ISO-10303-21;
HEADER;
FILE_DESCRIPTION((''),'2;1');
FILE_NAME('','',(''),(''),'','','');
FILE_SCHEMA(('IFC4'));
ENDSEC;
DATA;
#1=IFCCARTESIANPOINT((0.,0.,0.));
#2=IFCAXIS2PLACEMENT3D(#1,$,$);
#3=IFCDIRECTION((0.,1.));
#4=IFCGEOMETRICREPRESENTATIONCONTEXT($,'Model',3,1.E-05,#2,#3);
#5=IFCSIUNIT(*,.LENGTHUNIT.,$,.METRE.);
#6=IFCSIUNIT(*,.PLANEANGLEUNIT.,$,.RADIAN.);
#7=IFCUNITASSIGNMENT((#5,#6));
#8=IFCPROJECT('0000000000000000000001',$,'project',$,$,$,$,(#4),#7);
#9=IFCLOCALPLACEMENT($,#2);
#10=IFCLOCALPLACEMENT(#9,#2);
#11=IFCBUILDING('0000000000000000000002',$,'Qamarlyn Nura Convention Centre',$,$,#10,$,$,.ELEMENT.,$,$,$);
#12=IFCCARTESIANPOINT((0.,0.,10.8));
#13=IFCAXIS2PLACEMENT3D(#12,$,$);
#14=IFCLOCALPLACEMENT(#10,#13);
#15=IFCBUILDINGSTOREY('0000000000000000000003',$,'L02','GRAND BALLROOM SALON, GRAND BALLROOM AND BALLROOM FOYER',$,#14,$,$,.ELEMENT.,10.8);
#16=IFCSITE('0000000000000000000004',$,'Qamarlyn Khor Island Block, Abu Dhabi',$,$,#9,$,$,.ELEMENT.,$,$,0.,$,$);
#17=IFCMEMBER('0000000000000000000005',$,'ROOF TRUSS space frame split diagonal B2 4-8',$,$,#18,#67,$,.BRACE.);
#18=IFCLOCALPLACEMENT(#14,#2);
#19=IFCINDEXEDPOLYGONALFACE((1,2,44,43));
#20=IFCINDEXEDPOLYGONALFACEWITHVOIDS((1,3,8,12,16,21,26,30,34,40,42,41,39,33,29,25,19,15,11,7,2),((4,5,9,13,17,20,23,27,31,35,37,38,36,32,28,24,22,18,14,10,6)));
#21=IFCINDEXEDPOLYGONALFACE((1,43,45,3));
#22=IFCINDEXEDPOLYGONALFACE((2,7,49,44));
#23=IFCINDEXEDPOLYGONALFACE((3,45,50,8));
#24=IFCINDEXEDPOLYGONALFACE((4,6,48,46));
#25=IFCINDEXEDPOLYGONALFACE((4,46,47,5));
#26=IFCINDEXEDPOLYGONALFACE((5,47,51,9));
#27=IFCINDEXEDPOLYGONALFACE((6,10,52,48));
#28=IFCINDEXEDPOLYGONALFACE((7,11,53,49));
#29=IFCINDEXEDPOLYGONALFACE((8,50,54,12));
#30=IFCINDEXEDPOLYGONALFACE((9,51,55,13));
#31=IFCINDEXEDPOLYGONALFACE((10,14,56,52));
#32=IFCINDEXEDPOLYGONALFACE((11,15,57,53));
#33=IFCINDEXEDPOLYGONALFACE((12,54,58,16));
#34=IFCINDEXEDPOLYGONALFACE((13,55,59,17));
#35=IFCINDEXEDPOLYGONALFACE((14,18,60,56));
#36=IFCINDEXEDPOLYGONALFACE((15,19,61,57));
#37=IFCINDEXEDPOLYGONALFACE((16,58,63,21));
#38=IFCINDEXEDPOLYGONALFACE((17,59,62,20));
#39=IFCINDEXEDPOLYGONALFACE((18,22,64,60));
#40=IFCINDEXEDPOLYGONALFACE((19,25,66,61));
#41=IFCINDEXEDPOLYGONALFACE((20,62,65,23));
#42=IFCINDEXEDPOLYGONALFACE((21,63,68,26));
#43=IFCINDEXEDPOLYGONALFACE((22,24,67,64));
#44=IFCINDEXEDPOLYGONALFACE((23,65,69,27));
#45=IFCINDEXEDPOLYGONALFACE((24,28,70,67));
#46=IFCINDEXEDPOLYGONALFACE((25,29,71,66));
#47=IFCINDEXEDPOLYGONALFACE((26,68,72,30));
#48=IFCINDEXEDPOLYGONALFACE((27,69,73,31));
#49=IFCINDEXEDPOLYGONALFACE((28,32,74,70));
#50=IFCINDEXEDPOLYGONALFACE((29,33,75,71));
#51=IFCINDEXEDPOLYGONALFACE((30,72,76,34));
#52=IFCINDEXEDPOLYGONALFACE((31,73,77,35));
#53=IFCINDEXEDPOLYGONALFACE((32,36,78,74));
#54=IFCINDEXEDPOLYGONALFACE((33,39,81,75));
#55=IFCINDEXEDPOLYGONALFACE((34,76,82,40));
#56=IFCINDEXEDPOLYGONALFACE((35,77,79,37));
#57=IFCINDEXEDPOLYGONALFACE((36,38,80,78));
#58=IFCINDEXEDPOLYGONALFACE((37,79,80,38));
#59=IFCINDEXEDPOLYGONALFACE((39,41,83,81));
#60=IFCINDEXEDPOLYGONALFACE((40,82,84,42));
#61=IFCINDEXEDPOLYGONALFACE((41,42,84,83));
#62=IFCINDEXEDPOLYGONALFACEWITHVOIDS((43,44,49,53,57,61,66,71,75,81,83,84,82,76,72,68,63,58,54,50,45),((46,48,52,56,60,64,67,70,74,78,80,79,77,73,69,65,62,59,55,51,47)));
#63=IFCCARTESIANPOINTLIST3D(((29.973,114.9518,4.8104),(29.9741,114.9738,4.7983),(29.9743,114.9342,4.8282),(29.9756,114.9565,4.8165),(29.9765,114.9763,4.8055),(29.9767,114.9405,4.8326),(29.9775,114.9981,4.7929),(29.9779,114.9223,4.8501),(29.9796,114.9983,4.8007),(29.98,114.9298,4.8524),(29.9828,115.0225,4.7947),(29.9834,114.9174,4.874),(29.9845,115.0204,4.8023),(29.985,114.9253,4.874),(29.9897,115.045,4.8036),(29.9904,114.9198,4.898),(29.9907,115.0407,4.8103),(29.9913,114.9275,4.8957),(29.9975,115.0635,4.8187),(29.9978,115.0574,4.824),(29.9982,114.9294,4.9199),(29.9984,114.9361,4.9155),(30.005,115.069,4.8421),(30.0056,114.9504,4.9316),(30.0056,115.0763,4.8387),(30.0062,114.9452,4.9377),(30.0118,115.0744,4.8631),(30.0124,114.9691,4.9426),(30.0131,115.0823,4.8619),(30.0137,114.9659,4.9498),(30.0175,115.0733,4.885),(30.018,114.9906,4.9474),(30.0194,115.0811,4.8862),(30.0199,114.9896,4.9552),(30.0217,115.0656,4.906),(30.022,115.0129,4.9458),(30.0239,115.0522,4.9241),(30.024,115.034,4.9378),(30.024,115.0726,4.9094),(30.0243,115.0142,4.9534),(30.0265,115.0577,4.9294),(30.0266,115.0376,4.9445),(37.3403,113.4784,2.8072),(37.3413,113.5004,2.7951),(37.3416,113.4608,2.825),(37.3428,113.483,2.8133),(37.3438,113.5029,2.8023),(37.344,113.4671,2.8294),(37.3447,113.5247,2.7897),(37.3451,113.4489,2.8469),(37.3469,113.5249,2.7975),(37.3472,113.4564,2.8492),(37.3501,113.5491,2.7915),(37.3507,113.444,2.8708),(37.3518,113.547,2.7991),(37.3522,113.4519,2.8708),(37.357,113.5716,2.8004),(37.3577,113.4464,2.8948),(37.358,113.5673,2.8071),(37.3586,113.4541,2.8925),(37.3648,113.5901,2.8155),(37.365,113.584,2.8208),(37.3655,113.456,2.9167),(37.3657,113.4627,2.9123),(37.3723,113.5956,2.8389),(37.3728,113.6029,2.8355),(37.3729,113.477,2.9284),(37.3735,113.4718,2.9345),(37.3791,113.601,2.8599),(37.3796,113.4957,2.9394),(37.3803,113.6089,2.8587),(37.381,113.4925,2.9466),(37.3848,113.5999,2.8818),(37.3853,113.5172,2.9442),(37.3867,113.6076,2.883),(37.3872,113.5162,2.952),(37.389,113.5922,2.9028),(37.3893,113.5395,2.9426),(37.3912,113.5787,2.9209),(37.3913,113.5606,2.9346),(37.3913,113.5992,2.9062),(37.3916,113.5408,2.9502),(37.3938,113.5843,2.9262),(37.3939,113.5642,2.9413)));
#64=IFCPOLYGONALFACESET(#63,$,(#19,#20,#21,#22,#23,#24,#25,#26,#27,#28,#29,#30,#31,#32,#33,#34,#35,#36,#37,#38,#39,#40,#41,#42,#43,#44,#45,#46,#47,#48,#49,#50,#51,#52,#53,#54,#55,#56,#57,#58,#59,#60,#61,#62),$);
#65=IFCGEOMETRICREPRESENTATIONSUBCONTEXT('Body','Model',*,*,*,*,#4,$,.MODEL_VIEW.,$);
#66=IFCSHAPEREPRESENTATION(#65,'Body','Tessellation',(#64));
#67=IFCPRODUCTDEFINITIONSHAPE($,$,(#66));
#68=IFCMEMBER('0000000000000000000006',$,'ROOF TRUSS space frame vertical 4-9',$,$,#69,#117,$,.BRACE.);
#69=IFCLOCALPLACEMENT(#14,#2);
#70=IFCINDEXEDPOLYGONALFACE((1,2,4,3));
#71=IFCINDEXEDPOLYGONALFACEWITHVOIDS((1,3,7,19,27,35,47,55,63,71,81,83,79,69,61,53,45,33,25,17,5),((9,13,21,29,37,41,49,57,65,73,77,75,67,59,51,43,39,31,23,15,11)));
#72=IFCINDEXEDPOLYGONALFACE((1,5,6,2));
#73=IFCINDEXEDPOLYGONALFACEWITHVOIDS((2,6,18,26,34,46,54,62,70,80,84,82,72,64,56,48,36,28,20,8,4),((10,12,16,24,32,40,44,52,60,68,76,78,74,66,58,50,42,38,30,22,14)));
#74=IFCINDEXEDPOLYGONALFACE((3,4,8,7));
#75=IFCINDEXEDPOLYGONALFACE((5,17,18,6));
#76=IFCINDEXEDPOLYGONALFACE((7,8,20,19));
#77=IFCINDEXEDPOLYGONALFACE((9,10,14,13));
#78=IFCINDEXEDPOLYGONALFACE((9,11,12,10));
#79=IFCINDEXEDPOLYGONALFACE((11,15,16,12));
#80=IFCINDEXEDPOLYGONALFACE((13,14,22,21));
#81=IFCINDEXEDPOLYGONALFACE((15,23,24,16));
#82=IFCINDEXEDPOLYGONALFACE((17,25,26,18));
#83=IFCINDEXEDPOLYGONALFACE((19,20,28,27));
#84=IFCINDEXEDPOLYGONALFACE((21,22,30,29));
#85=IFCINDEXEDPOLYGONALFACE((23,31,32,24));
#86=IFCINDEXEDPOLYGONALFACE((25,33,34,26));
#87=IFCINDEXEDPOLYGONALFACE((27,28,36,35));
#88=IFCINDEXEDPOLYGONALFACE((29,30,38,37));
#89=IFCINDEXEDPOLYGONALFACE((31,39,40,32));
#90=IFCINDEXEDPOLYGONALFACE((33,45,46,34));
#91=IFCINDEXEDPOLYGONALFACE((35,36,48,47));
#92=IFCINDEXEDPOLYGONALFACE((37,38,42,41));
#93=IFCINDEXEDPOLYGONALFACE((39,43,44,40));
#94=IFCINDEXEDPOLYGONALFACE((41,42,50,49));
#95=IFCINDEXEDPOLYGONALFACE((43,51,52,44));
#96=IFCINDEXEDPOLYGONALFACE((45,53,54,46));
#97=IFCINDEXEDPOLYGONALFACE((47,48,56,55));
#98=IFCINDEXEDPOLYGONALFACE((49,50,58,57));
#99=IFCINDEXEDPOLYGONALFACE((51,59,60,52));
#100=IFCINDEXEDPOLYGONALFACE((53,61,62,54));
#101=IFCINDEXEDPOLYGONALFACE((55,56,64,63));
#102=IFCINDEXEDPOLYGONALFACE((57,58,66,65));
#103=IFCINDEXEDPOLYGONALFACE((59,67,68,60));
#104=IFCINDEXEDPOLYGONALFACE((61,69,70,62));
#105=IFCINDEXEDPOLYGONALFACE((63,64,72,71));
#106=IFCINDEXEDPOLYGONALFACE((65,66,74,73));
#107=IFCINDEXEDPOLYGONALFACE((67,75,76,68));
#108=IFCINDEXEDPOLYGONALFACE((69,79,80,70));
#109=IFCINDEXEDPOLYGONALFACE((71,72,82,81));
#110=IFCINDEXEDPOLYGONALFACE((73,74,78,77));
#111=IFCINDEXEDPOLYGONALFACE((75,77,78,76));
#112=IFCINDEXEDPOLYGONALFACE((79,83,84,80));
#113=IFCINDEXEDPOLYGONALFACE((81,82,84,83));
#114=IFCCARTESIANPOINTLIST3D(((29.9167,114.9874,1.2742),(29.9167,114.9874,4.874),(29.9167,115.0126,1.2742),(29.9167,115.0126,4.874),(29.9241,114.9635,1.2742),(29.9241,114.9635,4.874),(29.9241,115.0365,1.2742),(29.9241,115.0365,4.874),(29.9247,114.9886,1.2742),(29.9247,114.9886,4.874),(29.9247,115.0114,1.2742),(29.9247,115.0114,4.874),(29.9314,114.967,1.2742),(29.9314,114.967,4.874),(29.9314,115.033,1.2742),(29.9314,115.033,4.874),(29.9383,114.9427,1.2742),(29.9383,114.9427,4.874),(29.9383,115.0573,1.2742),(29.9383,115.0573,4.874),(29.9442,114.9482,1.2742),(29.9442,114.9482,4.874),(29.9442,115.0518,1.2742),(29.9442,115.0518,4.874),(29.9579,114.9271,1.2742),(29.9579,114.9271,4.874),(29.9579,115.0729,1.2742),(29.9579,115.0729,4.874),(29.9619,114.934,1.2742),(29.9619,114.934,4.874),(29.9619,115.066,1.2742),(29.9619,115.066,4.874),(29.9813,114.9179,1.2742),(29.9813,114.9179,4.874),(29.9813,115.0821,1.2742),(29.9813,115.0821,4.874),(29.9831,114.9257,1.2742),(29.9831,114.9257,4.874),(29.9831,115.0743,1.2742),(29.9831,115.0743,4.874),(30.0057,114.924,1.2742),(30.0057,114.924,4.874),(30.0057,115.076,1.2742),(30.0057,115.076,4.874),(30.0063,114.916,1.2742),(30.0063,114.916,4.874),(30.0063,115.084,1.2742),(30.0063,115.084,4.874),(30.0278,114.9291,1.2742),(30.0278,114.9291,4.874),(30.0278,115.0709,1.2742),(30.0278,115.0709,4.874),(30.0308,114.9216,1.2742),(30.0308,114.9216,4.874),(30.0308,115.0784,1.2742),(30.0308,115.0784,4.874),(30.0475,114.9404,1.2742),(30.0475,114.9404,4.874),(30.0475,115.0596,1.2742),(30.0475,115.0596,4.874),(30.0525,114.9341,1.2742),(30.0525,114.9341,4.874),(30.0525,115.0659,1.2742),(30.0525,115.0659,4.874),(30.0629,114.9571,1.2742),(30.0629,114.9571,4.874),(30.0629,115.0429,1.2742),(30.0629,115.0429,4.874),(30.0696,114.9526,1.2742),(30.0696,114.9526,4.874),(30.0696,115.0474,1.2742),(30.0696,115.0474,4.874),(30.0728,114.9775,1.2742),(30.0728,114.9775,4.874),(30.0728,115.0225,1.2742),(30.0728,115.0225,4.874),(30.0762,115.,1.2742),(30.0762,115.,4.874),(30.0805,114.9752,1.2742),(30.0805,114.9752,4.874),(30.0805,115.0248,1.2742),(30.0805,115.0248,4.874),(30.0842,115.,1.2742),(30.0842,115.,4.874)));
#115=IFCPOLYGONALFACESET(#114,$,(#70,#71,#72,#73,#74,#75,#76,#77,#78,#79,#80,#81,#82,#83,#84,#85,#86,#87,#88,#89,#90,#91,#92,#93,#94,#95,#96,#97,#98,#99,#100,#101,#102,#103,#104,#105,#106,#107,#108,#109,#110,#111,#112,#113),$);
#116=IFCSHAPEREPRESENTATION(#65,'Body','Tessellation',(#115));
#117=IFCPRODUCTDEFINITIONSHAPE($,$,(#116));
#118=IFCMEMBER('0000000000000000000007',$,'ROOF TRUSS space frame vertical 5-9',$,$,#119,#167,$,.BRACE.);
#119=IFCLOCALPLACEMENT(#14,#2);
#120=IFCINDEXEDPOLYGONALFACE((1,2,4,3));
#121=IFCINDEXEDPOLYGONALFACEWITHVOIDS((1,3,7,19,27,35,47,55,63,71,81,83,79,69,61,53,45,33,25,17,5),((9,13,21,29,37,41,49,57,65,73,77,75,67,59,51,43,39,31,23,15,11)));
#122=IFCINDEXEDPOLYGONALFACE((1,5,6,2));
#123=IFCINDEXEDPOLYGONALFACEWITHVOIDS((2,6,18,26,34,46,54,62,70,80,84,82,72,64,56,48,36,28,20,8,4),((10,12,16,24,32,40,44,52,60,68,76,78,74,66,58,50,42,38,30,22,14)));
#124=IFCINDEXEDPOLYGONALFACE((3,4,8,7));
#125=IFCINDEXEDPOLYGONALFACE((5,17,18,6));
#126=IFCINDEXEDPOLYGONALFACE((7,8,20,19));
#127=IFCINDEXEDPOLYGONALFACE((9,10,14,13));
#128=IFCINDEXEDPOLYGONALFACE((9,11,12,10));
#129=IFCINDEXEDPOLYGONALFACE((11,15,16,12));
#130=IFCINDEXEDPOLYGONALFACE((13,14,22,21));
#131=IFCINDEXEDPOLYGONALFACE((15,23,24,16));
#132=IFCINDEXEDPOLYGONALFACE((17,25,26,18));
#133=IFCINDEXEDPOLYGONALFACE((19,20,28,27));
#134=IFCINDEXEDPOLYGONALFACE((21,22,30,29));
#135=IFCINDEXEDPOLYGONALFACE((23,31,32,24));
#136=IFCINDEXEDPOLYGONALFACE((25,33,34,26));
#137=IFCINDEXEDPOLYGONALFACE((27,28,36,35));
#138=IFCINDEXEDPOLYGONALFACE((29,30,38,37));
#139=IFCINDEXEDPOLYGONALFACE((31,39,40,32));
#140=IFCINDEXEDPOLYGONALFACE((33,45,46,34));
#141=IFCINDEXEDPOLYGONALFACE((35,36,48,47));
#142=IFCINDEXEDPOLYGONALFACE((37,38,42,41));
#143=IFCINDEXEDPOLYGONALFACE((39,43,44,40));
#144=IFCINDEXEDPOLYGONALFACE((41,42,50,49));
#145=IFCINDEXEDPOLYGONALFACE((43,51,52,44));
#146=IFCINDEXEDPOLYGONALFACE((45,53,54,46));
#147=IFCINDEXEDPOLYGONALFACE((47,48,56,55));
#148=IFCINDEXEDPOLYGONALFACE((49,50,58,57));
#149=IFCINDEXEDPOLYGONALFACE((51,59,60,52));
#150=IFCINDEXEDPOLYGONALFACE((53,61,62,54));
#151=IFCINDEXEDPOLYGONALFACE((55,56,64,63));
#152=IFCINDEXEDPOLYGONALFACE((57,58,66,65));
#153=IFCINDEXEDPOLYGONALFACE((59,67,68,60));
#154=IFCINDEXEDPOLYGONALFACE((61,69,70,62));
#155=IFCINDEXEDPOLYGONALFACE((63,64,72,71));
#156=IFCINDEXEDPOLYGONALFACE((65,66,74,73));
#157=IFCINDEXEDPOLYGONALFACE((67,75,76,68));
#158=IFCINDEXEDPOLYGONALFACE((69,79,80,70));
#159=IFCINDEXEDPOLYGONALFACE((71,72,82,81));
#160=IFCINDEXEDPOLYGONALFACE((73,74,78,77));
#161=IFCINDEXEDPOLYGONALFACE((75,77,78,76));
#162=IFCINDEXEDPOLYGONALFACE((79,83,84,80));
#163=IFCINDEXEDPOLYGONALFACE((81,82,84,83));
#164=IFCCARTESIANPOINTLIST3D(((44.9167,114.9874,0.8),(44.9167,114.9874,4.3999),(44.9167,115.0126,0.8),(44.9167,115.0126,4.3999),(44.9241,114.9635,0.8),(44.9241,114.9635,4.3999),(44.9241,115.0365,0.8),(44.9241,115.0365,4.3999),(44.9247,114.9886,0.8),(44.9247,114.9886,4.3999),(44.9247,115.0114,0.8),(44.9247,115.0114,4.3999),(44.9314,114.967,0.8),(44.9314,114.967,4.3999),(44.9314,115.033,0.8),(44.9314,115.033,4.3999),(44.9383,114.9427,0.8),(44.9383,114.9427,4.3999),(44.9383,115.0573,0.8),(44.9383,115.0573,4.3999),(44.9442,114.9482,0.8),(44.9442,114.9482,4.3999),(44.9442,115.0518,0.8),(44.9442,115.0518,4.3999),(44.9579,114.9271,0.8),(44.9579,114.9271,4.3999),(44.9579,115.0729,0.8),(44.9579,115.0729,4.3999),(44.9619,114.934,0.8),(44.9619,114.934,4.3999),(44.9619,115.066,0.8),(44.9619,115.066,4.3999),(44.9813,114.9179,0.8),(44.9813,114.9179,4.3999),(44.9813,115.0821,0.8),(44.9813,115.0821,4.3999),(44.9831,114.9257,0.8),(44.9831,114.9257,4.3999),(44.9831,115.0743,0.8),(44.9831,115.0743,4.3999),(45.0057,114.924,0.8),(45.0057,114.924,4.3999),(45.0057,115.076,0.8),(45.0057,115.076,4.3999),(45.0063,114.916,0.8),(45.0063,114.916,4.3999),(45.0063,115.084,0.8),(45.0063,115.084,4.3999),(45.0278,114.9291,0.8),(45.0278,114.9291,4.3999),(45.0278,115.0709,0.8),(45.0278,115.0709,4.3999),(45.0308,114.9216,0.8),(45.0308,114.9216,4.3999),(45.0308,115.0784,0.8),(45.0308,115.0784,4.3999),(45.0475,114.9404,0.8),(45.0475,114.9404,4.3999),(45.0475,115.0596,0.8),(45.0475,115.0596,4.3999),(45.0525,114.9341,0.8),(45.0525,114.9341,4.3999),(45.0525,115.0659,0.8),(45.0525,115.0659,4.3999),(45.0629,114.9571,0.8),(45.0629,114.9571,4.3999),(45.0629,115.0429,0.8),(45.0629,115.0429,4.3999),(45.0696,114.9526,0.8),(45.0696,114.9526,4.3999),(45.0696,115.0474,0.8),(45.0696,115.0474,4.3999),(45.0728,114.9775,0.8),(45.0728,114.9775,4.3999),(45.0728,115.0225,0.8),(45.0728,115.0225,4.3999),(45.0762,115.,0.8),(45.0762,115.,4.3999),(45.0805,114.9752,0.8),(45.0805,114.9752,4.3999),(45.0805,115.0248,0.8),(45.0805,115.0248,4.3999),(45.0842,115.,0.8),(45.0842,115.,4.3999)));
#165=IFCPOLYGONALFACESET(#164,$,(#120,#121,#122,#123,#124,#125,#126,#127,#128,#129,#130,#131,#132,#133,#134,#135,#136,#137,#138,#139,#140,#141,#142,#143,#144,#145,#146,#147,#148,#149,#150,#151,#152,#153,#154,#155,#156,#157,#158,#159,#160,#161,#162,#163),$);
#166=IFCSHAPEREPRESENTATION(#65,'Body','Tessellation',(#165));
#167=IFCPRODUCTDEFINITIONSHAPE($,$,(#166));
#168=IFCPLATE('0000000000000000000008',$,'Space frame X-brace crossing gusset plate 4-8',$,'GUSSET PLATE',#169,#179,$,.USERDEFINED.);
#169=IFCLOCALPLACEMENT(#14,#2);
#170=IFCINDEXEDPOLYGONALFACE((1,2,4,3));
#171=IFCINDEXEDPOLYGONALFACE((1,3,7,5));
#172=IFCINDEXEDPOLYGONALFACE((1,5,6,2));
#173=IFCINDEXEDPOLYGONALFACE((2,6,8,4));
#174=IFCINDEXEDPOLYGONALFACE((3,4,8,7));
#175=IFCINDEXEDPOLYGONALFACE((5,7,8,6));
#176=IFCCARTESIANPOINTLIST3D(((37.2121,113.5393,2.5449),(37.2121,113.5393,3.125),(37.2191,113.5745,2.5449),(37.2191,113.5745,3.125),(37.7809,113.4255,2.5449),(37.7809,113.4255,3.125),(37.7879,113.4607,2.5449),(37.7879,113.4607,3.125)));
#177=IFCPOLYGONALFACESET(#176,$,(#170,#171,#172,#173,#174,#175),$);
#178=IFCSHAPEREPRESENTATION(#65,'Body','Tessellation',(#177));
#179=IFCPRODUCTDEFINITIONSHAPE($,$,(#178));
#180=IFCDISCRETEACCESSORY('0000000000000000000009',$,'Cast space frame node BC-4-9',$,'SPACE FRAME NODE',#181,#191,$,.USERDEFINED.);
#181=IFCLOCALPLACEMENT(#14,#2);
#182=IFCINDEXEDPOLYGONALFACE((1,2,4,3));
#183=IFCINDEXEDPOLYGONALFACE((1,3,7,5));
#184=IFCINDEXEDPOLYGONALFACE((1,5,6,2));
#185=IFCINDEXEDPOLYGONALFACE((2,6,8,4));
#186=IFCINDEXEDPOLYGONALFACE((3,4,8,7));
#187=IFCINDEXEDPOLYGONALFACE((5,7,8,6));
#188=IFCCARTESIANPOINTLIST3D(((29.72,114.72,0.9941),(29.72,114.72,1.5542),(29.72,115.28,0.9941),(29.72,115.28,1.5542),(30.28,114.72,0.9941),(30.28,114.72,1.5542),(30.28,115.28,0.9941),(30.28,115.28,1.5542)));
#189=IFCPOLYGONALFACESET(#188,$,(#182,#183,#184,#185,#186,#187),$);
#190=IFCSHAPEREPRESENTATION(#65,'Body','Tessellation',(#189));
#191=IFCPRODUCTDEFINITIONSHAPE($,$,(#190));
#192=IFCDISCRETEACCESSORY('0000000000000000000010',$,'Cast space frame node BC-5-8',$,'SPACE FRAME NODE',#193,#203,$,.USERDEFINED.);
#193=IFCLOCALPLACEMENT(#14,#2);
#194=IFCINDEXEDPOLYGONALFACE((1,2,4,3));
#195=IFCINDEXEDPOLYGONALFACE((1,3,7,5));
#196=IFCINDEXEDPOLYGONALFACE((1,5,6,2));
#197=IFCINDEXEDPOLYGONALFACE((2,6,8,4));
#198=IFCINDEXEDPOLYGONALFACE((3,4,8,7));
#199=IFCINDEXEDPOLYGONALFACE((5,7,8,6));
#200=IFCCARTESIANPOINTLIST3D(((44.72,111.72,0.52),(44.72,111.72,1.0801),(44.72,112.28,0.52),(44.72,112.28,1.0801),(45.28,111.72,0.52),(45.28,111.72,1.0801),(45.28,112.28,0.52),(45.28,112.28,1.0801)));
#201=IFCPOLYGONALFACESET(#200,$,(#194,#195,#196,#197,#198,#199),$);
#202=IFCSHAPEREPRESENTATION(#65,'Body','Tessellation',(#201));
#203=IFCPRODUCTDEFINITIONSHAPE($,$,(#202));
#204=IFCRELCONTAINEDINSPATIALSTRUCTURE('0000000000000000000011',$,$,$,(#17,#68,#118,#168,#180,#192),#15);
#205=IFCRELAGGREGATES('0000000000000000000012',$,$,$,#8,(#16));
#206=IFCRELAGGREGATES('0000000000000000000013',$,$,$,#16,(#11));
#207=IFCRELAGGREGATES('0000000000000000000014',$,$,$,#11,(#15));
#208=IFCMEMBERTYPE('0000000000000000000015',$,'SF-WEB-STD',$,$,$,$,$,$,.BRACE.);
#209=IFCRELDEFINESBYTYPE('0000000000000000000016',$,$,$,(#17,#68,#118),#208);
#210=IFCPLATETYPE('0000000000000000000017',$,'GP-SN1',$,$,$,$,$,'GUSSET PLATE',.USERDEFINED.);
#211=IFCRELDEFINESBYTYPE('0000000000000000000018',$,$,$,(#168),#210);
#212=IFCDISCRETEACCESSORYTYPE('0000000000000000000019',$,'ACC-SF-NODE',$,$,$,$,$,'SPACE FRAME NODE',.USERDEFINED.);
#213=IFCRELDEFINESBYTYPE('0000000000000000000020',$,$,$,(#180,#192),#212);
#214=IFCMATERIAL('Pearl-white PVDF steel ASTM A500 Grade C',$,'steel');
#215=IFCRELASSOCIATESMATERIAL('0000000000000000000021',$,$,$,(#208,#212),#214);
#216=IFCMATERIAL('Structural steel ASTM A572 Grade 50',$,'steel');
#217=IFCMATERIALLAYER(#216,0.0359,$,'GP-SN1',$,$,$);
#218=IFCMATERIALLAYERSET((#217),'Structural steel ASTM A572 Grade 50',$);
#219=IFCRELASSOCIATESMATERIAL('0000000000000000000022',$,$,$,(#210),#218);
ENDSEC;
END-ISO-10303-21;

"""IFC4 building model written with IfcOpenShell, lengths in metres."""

from ifc_helpers import new_model, si_unit, direction, frame, origin, origin_2d, place, context, subcontext, project, spatial, rectangle, hollow_circle, extrude, material, layer, layer_set, material_profile, profile_set, type_object, element, save


model = new_model("IFC4")

# Units and contexts
model_context = context("Model", 3, precision=1e-05, world=origin(), true_north=direction((0.0, 1.0)))
body_context = subcontext(model_context, "Body", "Model", "MODEL_VIEW")
ifc_project = project(units=[si_unit("LENGTHUNIT", "METRE"), si_unit("PLANEANGLEUNIT", "RADIAN")], contexts=[model_context])

# Site, building, storey
site_placement = place(None, origin())
site = spatial("IfcSite", under=ifc_project, at=site_placement, Name="Qamarlyn Khor Island Block, Abu Dhabi", CompositionType="ELEMENT", RefElevation=0.0)
building_placement = place(site_placement, origin())
building = spatial("IfcBuilding", under=site, at=building_placement, Name="Qamarlyn Nura Convention Centre", CompositionType="ELEMENT")
storey_placement = place(building_placement, frame((0.0, 0.0, 10.8)))
storey = spatial("IfcBuildingStorey", under=building, at=storey_placement, Name="L02", Description="GRAND BALLROOM SALON, GRAND BALLROOM AND BALLROOM FOYER", CompositionType="ELEMENT", Elevation=10.8)

# Members
ifc_material_1 = material(Name="Pearl-white PVDF steel ASTM A500 Grade C", Category="steel")
ifc_material_profile_1 = material_profile(ifc_material_1, hollow_circle(Radius=0.0842, WallThickness=0.0081, at=origin_2d()), Name="CHS168.3X8")
ifc_profile_set_1 = profile_set([ifc_material_profile_1], Name="Pearl-white PVDF steel ASTM A500 Grade C")
member_type_1 = type_object("IfcMemberType", Name="SF-WEB-STD", PredefinedType="BRACE", material=ifc_profile_set_1)
member_1_placement = place(storey_placement, frame((37.3672, 113.5266, 2.8708), z_axis=(-0.947482, 0.18949, 0.257625), x_axis=(-0.19611, -0.980582, 0.0)))
element("IfcMember", 1, at=member_1_placement, inside=storey, type_object=member_type_1, Name="ROOF TRUSS space frame split diagonal B2 4-8", PredefinedType="BRACE", context=body_context, shape_type="SweptSolid", body=[
    extrude(hollow_circle(Radius=0.0842, WallThickness=0.0081, at=origin_2d()), origin(), (0.0, 0.0, 1.0), 7.7756),
])
for number, where, z_axis, x_axis, name in (
    (2, (30.0, 115.0, 1.2742), (0.0, 0.0, 1.0), (1.0, 0.0, 0.0), "ROOF TRUSS space frame vertical 4-9"),
    (3, (45.0, 115.0, 0.8), (0.0, 0.0, 1.0), (1.0, 0.0, 0.0), "ROOF TRUSS space frame vertical 5-9"),
):
    element("IfcMember", number, at=place(storey_placement, frame(where, z_axis=z_axis, x_axis=x_axis)), inside=storey, type_object=member_type_1, Name=name, PredefinedType="BRACE", context=body_context, shape_type="SweptSolid", body=[
        extrude(hollow_circle(Radius=0.0842, WallThickness=0.0081, at=origin_2d()), origin(), (0.0, 0.0, 1.0), 3.5999),
    ])

# Plate
ifc_material_2 = material(Name="Structural steel ASTM A572 Grade 50", Category="steel")
ifc_layer = layer(ifc_material_2, 0.0359, Name="GP-SN1")
ifc_layer_set = layer_set([ifc_layer], Name="Structural steel ASTM A572 Grade 50")
plate_type = type_object("IfcPlateType", Name="GP-SN1", ElementType="GUSSET PLATE", PredefinedType="USERDEFINED", material=ifc_layer_set)
plate_placement = place(storey_placement, frame((37.5, 113.5, 2.5449), z_axis=(0.0, 0.0, 1.0), x_axis=(-0.980581, 0.196116, 0.0)))
element("IfcPlate", 4, at=plate_placement, inside=storey, type_object=plate_type, Name="Space frame X-brace crossing gusset plate 4-8", ObjectType="GUSSET PLATE", PredefinedType="USERDEFINED", context=body_context, shape_type="SweptSolid", body=[
    extrude(rectangle(XDim=0.5801, YDim=0.0359, at=origin_2d()), origin(), (0.0, 0.0, 1.0), 0.5801),
])

# Discrete accessories
discrete_accessory_type = type_object("IfcDiscreteAccessoryType", Name="ACC-SF-NODE", ElementType="SPACE FRAME NODE", PredefinedType="USERDEFINED", material=ifc_material_1)
for number, where, z_axis, x_axis, name in (
    (5, (30.0, 115.0, 0.9941), (0.0, 0.0, 1.0), (1.0, 0.0, 0.0), "Cast space frame node BC-4-9"),
    (6, (45.0, 112.0, 0.52), (0.0, 0.0, 1.0), (1.0, 0.0, 0.0), "Cast space frame node BC-5-8"),
):
    element("IfcDiscreteAccessory", number, at=place(storey_placement, frame(where, z_axis=z_axis, x_axis=x_axis)), inside=storey, type_object=discrete_accessory_type, Name=name, ObjectType="SPACE FRAME NODE", PredefinedType="USERDEFINED", context=body_context, shape_type="SweptSolid", body=[
        extrude(rectangle(XDim=0.5601, YDim=0.5601, at=origin_2d()), origin(), (0.0, 0.0, 1.0), 0.5601),
    ])

save(model, "model.ifc")
